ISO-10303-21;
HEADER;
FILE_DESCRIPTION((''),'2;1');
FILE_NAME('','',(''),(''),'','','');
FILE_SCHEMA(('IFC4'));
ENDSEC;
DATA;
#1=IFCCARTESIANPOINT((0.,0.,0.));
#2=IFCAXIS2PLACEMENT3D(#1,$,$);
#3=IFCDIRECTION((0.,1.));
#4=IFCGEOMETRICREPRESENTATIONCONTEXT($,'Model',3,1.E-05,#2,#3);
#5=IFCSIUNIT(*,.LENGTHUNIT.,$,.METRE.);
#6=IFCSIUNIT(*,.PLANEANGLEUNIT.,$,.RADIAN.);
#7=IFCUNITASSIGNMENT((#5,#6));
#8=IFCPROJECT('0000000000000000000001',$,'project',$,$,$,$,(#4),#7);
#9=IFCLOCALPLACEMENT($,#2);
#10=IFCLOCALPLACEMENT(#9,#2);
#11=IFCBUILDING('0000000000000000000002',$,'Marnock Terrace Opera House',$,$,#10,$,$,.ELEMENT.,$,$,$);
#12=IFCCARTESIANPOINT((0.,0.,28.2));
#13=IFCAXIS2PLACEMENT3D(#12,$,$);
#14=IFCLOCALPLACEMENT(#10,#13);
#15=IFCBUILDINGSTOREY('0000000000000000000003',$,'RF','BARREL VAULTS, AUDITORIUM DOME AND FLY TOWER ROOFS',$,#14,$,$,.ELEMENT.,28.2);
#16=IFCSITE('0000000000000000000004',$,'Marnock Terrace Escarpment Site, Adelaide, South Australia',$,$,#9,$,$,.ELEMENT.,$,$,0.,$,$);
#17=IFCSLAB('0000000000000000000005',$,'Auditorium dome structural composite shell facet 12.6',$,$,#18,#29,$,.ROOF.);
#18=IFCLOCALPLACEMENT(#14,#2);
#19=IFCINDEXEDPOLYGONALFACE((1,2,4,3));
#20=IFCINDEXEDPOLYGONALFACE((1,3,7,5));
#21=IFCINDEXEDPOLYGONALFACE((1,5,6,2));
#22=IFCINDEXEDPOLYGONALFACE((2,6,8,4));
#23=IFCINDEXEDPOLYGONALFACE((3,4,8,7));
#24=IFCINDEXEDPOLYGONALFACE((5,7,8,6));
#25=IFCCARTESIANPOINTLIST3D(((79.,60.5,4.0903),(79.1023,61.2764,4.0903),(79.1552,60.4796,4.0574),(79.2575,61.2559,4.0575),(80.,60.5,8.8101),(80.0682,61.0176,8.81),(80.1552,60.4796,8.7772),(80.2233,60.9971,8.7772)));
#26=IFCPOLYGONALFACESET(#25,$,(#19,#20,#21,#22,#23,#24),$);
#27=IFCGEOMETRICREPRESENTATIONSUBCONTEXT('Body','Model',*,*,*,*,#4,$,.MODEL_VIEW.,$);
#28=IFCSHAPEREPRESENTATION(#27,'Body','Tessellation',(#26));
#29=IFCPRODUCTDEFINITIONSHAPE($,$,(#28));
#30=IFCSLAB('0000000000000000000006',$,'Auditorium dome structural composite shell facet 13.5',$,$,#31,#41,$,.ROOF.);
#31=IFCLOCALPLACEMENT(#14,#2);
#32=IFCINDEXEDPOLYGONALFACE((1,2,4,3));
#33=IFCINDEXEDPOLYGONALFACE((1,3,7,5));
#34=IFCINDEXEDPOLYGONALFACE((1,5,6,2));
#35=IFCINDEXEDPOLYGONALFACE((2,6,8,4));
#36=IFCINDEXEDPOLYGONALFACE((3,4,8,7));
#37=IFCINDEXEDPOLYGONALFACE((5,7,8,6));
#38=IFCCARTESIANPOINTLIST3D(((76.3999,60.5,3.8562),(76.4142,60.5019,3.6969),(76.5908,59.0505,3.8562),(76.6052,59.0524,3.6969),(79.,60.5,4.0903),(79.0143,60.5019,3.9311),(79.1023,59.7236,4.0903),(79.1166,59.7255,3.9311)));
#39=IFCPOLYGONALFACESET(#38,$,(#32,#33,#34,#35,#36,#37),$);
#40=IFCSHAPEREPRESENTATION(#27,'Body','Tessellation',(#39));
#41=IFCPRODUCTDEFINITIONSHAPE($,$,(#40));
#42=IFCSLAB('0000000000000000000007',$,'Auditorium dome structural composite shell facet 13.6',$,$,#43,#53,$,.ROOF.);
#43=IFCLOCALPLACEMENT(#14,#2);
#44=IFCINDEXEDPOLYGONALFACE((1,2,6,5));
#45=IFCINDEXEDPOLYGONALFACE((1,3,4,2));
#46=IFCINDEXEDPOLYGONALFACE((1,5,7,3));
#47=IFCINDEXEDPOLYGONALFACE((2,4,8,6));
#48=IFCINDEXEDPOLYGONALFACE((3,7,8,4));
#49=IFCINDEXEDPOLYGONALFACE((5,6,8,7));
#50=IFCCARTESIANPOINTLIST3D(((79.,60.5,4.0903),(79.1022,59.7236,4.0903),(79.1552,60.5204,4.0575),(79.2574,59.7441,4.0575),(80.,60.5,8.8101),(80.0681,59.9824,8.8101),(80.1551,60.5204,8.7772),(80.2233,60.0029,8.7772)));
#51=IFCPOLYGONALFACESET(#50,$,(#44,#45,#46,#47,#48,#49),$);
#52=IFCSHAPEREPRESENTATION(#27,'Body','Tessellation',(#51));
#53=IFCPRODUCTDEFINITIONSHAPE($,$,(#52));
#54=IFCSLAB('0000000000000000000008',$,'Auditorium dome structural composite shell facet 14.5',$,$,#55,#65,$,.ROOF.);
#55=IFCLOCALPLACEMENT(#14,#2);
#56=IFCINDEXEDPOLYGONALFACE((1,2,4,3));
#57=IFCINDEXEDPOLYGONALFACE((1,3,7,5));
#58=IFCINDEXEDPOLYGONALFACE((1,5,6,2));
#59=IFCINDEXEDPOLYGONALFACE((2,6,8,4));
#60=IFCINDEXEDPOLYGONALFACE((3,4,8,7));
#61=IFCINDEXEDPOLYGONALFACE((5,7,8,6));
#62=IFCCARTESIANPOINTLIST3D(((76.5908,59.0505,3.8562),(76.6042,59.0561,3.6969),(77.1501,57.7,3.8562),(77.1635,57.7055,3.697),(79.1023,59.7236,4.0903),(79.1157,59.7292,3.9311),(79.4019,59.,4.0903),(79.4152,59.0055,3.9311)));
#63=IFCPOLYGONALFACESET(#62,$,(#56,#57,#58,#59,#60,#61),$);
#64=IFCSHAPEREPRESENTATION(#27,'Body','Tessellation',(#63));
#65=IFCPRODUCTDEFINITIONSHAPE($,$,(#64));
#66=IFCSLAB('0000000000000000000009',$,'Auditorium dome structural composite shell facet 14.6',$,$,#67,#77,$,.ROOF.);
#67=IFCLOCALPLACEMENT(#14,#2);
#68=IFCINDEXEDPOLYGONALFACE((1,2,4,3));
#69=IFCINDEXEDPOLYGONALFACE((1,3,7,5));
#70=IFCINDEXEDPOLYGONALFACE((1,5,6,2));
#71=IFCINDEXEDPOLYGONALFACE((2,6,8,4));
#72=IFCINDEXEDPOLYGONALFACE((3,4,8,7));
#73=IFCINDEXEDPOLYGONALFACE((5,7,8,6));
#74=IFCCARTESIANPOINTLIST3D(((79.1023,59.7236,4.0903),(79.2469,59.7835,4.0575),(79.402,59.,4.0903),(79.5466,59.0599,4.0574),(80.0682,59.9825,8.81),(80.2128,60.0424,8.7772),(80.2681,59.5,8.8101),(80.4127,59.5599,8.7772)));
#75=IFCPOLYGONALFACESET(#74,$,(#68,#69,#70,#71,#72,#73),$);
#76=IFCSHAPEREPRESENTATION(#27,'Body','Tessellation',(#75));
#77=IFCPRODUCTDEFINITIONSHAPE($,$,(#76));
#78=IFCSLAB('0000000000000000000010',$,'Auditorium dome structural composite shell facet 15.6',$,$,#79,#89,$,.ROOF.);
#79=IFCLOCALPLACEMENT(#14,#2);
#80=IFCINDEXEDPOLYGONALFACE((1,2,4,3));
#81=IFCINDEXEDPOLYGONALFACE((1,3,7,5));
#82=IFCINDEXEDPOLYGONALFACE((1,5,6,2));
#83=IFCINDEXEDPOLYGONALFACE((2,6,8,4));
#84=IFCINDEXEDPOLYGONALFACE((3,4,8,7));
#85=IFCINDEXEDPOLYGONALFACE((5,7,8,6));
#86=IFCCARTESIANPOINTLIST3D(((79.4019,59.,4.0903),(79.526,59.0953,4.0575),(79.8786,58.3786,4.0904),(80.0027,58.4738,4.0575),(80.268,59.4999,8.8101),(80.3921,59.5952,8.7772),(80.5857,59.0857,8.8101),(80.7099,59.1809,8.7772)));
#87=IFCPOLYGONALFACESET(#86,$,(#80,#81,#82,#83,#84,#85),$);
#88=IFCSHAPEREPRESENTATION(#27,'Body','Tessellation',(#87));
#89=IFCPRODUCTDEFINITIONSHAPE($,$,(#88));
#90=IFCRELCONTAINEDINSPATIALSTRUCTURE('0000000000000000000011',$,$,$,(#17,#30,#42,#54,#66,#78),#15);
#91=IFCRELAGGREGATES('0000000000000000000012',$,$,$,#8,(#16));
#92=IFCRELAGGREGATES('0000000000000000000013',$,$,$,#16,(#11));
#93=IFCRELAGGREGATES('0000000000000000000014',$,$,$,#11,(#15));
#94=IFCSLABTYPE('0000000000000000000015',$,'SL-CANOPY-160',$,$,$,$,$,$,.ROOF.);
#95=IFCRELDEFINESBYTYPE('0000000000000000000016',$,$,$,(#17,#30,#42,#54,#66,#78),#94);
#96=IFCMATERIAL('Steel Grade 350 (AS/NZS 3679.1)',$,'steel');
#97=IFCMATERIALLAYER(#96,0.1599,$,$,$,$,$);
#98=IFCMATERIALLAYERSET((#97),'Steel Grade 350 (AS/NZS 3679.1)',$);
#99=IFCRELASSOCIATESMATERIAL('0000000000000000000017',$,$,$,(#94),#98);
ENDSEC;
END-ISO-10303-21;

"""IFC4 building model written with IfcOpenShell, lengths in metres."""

from ifc_helpers import new_model, si_unit, direction, frame, origin, place, context, subcontext, project, spatial, polyline, outline, extrude, material, layer, layer_set, type_object, element, save


model = new_model("IFC4")

# Units and contexts
model_context = context("Model", 3, precision=1e-05, world=origin(), true_north=direction((0.0, 1.0)))
body_context = subcontext(model_context, "Body", "Model", "MODEL_VIEW")
ifc_project = project(units=[si_unit("LENGTHUNIT", "METRE"), si_unit("PLANEANGLEUNIT", "RADIAN")], contexts=[model_context])

# Site, building, storey
site_placement = place(None, origin())
site = spatial("IfcSite", under=ifc_project, at=site_placement, Name="Marnock Terrace Escarpment Site, Adelaide, South Australia", CompositionType="ELEMENT", RefElevation=0.0)
building_placement = place(site_placement, origin())
building = spatial("IfcBuilding", under=site, at=building_placement, Name="Marnock Terrace Opera House", CompositionType="ELEMENT")
storey_placement = place(building_placement, frame((0.0, 0.0, 28.2)))
storey = spatial("IfcBuildingStorey", under=building, at=storey_placement, Name="RF", Description="BARREL VAULTS, AUDITORIUM DOME AND FLY TOWER ROOFS", CompositionType="ELEMENT", Elevation=28.2)

# Slabs
ifc_material_1 = material(Name="Steel Grade 350 (AS/NZS 3679.1)", Category="steel")
ifc_layer = layer(ifc_material_1, 0.1599)
ifc_layer_set = layer_set([ifc_layer], Name="Steel Grade 350 (AS/NZS 3679.1)")
slab_type = type_object("IfcSlabType", Name="SL-CANOPY-160", PredefinedType="ROOF", material=ifc_layer_set)
slab_1_placement = place(storey_placement, frame((79.1023, 61.2764, 4.0903), z_axis=(-0.970265, 0.127782, 0.205566), x_axis=(-0.130573, -0.991439, -0.000012)))
element("IfcSlab", 1, at=slab_1_placement, inside=storey, type_object=slab_type, Name="Auditorium dome structural composite shell facet 12.6", PredefinedType="ROOF", context=body_context, shape_type="SweptSolid", body=[
    extrude(outline(polyline([(0.0, 0.0), (0.7831, 0.0), (0.6524, 4.8227), (0.1304, 4.8227), (0.0, 0.0)])), origin(), (0.0, 0.0, -1.0), 0.1599),
])
slab_2_placement = place(storey_placement, frame((76.3999, 60.5, 3.8562), z_axis=(-0.089677, -0.011813, 0.995901), x_axis=(0.130589, -0.991437, -0.000001)))
element("IfcSlab", 2, at=slab_2_placement, inside=storey, type_object=slab_type, Name="Auditorium dome structural composite shell facet 13.5", PredefinedType="ROOF", context=body_context, shape_type="SweptSolid", body=[
    extrude(outline(polyline([(0.0, 0.0), (1.462, 0.0), (1.1226, 2.5885), (0.3395, 2.5884), (0.0, 0.0)])), origin(), (0.0, 0.0, -1.0), 0.1599),
])
slab_3_placement = place(storey_placement, frame((79.0, 60.5, 4.0903), z_axis=(-0.970265, -0.127782, 0.205566), x_axis=(0.130573, -0.991439, 0.000012)))
element("IfcSlab", 3, at=slab_3_placement, inside=storey, type_object=slab_type, Name="Auditorium dome structural composite shell facet 13.6", PredefinedType="ROOF", context=body_context, shape_type="SweptSolid", body=[
    extrude(outline(polyline([(0.0, 0.0), (0.7831, 0.0), (0.6527, 4.8227), (0.1306, 4.8227), (0.0, 0.0)])), origin(), (0.0, 0.0, -1.0), 0.1599),
])
slab_4_placement = place(storey_placement, frame((76.5908, 59.0505, 3.8562), z_axis=(-0.083571, -0.034605, 0.995901), x_axis=(0.382622, -0.923905, 0.000005)))
element("IfcSlab", 4, at=slab_4_placement, inside=storey, type_object=slab_type, Name="Auditorium dome structural composite shell facet 14.5", PredefinedType="ROOF", context=body_context, shape_type="SweptSolid", body=[
    extrude(outline(polyline([(0.0, 0.0), (1.4618, 0.0), (1.1223, 2.5884), (0.3391, 2.5885), (0.0, 0.0)])), origin(), (0.0, 0.0, -1.0), 0.1599),
])
slab_5_placement = place(storey_placement, frame((79.1023, 59.7236, 4.0903), z_axis=(-0.904159, -0.374476, 0.205583), x_axis=(0.382642, -0.923897, -0.000035)))
element("IfcSlab", 5, at=slab_5_placement, inside=storey, type_object=slab_type, Name="Auditorium dome structural composite shell facet 14.6", PredefinedType="ROOF", context=body_context, shape_type="SweptSolid", body=[
    extrude(outline(polyline([(0.0, 0.0), (0.7832, 0.0), (0.6525, 4.8228), (0.1303, 4.8227), (0.0, 0.0)])), origin(), (0.0, 0.0, -1.0), 0.1599),
])
slab_6_placement = place(storey_placement, frame((79.4019, 59.0, 4.0903), z_axis=(-0.776496, -0.595643, 0.205581), x_axis=(0.60865, -0.793439, 0.000037)))
element("IfcSlab", 6, at=slab_6_placement, inside=storey, type_object=slab_type, Name="Auditorium dome structural composite shell facet 15.6", PredefinedType="ROOF", context=body_context, shape_type="SweptSolid", body=[
    extrude(outline(polyline([(0.0, 0.0), (0.7832, 0.0), (0.6527, 4.8227), (0.1307, 4.8228), (0.0, 0.0)])), origin(), (0.0, 0.0, -1.0), 0.1599),
])

save(model, "model.ifc")
